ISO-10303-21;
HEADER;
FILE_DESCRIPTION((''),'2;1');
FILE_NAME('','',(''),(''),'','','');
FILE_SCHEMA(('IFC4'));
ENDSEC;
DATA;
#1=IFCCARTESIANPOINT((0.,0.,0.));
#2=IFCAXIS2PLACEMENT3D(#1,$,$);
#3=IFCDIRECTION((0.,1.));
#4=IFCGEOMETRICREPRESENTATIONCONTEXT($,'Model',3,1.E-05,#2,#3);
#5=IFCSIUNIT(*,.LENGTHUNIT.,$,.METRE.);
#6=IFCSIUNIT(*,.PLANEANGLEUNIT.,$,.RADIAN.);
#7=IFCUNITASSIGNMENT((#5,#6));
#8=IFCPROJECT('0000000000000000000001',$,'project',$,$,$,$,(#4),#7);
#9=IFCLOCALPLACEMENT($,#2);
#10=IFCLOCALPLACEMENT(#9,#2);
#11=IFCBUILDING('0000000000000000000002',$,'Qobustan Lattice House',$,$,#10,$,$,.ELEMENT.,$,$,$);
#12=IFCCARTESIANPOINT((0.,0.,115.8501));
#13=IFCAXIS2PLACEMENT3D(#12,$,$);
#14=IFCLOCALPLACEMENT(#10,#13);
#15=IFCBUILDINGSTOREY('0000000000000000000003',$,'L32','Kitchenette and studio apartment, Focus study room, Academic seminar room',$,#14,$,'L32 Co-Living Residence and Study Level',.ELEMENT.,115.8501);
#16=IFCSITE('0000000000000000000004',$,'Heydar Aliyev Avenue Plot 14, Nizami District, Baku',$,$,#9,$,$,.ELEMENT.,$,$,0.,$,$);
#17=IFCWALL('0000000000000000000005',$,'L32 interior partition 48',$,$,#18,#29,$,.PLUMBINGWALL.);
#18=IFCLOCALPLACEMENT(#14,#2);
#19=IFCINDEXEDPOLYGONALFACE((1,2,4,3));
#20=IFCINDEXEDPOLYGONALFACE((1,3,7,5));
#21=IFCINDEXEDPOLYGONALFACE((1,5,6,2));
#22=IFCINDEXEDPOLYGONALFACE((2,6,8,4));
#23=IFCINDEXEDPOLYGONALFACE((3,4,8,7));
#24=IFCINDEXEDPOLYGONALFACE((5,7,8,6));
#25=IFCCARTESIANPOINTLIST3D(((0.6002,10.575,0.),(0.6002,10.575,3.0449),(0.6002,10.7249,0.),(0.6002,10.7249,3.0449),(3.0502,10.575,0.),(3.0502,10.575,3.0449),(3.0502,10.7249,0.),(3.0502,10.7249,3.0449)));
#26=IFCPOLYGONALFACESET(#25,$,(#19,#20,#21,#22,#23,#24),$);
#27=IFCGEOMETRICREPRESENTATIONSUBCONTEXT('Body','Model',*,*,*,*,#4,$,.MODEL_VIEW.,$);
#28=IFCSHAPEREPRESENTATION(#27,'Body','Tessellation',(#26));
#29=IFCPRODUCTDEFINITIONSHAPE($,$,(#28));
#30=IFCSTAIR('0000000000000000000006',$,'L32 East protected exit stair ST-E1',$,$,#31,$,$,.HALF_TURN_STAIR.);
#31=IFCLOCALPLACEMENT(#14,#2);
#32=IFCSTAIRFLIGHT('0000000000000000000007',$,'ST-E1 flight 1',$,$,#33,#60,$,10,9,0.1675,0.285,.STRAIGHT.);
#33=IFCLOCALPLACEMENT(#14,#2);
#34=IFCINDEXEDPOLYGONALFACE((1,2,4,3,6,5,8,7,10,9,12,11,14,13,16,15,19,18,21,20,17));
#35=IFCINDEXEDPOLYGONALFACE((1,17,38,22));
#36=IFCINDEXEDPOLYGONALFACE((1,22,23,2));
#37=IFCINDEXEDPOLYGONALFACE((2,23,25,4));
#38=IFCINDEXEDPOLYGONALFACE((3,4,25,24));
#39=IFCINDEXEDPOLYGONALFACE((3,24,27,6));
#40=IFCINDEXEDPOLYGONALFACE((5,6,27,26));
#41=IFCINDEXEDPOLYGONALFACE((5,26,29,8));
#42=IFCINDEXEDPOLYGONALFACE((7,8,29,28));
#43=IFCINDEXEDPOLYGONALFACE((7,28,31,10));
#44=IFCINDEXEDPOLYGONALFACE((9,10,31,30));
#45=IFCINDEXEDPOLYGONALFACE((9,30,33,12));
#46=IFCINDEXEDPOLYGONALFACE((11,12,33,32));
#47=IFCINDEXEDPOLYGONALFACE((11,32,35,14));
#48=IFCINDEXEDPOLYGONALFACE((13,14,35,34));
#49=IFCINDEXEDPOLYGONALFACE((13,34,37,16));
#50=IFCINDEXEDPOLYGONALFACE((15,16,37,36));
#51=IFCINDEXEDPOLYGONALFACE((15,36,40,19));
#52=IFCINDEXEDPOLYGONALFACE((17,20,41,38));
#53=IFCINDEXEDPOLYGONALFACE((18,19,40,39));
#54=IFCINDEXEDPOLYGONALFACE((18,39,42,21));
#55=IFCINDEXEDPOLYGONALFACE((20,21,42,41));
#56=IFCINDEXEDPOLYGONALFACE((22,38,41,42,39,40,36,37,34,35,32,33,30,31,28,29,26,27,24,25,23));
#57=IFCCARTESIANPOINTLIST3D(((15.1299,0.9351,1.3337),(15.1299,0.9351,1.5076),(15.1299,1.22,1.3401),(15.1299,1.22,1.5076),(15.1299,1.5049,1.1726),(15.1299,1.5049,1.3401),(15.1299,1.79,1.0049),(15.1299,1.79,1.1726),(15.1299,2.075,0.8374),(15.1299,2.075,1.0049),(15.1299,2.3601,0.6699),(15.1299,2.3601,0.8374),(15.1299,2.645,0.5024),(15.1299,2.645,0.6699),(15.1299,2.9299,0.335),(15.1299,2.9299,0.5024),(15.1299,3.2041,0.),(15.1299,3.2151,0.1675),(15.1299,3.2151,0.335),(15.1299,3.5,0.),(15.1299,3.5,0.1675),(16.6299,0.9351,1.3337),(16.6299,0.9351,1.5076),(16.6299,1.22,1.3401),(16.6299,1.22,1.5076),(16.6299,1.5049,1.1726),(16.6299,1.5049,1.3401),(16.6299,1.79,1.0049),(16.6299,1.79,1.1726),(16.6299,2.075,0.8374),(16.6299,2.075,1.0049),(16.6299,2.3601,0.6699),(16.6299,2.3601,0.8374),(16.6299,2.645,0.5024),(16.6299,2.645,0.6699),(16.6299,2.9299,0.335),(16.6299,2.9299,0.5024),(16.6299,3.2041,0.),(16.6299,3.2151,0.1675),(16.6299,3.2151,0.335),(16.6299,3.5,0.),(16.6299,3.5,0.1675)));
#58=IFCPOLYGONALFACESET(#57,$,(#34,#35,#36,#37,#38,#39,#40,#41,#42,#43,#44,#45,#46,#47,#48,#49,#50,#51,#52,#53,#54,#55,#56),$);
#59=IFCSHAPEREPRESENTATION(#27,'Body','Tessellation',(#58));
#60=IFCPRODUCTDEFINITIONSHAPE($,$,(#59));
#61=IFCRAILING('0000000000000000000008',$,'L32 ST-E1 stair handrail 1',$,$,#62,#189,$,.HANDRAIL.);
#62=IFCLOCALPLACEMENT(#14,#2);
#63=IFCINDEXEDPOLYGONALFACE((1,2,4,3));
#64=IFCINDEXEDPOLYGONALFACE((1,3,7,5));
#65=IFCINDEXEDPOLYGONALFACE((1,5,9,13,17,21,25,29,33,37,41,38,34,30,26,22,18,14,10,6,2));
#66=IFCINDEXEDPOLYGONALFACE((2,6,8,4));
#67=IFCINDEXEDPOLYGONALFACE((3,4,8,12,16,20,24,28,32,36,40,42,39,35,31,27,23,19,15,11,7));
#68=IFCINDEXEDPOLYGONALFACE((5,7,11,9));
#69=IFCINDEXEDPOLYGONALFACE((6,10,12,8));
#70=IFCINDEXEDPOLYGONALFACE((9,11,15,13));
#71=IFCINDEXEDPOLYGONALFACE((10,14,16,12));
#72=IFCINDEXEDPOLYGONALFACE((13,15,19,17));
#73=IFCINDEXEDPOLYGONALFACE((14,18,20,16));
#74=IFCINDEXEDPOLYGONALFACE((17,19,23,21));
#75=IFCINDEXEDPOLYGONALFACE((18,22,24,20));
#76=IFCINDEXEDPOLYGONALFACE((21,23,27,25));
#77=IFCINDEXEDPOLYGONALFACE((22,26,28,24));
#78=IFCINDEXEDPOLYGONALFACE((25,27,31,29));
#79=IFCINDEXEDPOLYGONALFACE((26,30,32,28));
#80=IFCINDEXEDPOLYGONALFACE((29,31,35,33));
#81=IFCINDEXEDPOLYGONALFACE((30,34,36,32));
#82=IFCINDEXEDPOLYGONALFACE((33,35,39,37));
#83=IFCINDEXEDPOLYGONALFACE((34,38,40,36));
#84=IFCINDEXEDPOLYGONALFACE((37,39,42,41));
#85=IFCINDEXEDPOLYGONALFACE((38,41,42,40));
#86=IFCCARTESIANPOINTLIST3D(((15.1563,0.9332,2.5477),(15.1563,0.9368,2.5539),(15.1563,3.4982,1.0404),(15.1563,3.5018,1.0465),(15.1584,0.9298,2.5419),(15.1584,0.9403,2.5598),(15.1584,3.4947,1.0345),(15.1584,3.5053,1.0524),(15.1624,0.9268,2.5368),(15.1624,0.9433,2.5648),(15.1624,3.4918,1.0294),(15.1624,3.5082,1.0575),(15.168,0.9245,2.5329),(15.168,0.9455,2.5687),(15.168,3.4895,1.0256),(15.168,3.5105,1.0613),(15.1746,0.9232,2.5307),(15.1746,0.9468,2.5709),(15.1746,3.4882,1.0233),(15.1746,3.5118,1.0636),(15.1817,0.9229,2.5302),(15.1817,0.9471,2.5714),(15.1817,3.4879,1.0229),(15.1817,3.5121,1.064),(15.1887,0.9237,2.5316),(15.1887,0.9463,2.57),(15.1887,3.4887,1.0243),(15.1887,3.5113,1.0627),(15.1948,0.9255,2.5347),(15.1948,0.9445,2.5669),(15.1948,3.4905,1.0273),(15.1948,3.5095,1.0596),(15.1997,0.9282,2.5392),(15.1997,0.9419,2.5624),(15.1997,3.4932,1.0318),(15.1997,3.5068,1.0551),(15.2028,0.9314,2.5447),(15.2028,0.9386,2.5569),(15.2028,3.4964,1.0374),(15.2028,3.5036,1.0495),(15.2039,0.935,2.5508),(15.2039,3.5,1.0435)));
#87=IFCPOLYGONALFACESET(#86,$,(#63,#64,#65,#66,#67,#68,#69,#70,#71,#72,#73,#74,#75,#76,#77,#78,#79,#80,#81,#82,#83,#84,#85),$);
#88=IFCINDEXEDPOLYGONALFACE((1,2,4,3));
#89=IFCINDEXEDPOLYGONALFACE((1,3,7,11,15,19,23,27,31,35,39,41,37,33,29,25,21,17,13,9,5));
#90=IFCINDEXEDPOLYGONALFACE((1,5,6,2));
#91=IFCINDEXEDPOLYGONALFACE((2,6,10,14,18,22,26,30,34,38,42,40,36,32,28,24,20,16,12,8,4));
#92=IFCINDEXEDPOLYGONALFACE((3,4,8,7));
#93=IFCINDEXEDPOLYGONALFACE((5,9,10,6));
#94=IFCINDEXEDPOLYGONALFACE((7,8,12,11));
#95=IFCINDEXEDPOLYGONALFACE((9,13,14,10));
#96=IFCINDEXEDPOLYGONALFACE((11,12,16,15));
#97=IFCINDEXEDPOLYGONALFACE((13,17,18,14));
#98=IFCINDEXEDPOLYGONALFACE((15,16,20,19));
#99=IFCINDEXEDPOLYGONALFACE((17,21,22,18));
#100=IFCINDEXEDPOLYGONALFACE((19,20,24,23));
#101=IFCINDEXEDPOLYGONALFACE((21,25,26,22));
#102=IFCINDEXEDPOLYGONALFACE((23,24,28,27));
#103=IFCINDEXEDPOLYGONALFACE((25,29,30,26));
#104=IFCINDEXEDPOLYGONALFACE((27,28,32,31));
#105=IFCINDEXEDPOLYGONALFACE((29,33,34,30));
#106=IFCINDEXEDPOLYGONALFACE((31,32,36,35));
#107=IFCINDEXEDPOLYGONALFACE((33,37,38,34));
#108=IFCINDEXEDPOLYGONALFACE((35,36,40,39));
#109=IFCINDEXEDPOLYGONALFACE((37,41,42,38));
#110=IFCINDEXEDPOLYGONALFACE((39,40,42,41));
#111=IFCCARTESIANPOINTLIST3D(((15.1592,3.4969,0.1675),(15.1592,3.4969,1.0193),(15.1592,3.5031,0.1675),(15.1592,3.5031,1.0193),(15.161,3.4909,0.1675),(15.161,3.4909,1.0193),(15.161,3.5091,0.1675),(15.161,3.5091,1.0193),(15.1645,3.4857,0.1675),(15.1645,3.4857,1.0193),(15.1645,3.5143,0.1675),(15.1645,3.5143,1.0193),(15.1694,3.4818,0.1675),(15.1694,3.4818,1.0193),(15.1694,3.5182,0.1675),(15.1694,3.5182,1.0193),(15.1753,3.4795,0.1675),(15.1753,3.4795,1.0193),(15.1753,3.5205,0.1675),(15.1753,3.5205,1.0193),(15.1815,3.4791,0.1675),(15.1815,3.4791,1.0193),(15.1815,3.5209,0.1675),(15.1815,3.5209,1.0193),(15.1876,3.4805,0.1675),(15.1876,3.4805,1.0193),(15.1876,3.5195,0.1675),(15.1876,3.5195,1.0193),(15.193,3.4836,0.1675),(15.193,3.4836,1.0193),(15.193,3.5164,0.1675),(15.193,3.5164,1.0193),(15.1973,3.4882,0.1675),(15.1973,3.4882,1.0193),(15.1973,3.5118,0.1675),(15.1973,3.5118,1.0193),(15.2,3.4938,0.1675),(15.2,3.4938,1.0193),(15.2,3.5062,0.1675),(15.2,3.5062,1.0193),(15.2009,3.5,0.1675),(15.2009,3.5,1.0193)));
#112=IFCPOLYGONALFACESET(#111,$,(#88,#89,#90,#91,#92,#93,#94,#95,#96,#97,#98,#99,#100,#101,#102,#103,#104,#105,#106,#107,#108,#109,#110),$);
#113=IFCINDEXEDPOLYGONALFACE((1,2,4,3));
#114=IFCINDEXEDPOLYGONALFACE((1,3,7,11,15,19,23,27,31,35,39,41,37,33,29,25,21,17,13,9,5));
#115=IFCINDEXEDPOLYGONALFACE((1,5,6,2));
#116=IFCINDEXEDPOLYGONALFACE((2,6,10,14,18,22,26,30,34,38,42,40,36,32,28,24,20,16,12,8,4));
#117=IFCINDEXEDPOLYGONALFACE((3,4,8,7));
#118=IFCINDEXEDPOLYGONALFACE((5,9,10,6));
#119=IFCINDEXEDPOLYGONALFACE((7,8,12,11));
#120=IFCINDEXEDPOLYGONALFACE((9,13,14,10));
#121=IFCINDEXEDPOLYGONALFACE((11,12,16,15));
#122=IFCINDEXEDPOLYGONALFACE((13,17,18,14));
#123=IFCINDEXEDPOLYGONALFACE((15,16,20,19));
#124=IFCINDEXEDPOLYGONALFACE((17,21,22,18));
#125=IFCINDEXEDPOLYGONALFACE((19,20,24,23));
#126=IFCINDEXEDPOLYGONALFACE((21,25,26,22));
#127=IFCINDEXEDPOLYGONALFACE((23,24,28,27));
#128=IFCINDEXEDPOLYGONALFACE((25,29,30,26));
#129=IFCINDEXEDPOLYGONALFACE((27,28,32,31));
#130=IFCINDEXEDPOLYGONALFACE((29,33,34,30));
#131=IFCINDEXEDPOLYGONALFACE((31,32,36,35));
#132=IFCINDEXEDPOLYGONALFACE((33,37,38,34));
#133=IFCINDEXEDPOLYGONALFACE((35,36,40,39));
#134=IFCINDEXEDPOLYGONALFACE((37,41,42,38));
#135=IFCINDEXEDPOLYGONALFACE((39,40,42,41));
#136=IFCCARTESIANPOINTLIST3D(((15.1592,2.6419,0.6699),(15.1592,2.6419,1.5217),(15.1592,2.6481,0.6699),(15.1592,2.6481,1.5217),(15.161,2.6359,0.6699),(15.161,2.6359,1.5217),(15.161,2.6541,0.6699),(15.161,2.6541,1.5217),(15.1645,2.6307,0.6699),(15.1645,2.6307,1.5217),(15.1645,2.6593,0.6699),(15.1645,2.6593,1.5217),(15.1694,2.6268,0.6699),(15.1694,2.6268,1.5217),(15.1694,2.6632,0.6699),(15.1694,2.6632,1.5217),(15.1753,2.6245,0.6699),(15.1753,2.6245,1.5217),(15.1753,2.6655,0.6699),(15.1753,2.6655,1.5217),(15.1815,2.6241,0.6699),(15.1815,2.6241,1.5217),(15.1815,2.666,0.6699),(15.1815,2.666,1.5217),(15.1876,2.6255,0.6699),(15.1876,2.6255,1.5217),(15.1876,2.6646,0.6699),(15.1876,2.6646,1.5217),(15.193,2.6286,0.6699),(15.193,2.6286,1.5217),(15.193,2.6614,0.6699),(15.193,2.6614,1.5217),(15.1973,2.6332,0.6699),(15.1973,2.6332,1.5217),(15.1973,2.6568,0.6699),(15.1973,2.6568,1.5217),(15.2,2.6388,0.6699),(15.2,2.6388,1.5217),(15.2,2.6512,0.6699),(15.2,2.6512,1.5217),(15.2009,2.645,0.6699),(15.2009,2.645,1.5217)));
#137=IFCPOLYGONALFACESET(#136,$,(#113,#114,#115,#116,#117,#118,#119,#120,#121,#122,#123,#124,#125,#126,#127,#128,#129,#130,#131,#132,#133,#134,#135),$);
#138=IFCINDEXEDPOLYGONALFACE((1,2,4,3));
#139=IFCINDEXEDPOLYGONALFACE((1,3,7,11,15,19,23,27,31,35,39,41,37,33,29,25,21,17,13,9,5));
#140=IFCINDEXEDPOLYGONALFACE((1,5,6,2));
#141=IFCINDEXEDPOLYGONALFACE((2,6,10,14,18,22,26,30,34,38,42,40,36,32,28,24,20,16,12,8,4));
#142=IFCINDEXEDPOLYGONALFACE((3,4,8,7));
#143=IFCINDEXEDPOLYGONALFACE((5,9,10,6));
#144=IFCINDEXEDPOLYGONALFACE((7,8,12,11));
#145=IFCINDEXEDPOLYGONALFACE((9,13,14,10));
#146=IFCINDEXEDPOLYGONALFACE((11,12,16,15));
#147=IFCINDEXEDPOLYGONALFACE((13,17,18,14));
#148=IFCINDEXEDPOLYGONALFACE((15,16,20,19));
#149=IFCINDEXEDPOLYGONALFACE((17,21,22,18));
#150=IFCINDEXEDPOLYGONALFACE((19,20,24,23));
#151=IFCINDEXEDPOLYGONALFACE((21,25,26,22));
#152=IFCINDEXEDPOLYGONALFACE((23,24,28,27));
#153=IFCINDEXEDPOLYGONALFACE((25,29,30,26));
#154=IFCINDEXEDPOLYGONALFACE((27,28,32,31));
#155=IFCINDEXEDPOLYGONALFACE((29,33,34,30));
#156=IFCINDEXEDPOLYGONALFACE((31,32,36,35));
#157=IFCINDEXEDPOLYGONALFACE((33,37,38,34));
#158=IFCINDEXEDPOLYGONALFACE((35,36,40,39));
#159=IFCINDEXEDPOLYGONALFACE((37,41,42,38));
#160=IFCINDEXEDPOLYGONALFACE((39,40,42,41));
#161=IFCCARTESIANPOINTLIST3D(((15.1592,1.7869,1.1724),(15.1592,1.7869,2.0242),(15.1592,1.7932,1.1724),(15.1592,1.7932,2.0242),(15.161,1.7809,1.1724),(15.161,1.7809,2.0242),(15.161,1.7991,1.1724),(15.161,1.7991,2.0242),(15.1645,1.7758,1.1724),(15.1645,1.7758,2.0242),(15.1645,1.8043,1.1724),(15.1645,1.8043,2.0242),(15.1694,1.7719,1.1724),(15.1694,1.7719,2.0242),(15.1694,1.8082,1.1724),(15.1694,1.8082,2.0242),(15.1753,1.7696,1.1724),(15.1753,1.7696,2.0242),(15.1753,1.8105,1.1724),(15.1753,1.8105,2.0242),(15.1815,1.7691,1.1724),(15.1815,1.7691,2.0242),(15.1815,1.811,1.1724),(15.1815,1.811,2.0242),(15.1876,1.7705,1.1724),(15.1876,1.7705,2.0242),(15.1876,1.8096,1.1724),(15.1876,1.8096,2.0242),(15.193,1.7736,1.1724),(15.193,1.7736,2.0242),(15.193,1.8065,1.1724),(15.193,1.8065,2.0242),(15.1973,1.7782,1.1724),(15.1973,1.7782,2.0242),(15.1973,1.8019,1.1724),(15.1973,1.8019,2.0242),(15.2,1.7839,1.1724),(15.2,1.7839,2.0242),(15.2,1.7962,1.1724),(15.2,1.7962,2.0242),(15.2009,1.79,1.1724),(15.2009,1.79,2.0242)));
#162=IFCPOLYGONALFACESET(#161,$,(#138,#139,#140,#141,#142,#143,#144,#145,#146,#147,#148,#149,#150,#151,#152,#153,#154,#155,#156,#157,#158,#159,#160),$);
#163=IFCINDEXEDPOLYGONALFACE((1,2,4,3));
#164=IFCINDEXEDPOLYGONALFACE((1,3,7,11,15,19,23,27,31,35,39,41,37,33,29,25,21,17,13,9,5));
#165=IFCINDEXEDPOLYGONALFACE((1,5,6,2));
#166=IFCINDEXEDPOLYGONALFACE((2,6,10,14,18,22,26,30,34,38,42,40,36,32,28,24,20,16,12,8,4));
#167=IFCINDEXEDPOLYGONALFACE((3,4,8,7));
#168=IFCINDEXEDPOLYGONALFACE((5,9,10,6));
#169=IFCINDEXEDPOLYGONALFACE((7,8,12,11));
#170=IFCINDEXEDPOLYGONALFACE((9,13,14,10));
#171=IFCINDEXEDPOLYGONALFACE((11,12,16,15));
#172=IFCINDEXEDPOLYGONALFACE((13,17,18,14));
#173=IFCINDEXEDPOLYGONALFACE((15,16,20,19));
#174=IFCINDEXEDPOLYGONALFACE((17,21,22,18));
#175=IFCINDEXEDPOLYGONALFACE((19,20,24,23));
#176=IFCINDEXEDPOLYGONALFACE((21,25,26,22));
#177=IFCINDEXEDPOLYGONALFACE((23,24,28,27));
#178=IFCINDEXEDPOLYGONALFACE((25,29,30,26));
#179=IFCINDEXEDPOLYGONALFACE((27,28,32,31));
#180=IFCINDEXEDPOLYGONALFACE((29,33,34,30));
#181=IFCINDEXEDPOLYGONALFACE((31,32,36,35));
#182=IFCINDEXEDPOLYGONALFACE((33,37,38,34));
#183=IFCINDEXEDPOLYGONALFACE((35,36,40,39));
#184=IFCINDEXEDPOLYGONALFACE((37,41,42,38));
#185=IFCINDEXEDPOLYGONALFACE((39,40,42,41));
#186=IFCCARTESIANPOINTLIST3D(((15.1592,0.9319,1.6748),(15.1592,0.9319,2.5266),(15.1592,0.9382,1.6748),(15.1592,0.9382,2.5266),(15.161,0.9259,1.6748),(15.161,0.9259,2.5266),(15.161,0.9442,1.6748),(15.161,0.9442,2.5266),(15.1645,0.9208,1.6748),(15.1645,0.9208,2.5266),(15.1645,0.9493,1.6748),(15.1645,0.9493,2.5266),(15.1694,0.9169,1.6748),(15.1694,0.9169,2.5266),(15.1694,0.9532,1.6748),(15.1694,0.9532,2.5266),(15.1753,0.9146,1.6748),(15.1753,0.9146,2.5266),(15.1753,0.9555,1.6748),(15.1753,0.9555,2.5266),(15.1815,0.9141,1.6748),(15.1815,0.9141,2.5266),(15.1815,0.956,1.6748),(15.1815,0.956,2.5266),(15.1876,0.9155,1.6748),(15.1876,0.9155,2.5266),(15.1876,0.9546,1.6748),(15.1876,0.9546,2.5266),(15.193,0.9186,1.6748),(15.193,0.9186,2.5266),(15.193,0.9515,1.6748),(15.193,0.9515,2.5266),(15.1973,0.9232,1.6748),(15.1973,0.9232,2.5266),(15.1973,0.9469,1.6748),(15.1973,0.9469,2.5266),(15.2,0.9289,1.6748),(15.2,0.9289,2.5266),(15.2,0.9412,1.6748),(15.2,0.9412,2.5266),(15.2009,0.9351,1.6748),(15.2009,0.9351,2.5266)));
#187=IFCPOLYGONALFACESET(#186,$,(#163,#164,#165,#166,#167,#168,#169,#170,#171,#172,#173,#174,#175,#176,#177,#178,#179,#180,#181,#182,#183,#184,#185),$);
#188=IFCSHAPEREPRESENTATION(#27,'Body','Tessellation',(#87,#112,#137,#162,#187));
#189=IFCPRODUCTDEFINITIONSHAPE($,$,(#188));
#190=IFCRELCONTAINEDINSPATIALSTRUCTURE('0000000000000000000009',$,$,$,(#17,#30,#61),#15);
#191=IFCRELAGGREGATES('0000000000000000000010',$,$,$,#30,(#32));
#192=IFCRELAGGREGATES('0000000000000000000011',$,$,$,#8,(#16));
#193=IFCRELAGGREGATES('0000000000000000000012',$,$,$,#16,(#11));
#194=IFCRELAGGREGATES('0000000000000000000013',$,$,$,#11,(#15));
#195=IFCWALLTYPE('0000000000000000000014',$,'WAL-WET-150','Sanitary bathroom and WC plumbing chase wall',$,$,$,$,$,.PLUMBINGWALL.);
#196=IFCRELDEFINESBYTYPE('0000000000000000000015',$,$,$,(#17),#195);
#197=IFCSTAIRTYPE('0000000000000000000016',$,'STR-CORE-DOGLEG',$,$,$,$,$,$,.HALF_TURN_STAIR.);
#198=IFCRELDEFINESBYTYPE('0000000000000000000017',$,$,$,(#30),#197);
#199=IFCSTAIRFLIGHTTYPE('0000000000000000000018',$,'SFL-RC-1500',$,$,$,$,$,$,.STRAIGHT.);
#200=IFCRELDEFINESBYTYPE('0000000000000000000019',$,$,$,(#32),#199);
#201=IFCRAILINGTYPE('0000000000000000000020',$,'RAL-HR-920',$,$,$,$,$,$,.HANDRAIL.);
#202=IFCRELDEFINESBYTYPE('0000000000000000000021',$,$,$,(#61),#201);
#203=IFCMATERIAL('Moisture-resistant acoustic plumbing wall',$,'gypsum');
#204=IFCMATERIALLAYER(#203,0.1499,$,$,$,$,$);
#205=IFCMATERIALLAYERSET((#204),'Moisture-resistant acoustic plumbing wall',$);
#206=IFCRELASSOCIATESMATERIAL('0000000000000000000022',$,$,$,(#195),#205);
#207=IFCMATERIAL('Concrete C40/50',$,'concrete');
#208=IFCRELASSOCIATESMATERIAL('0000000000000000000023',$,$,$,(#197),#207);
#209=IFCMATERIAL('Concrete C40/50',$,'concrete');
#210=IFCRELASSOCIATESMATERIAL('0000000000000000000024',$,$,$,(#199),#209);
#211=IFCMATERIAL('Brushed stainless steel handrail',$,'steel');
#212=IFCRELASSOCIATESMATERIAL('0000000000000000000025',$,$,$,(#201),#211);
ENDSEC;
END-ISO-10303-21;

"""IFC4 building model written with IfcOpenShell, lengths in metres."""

from ifc_helpers import new_model, si_unit, direction, frame, frame_2d, origin, origin_2d, place, context, subcontext, project, spatial, polyline, rectangle, circle, outline, extrude, material, layer, layer_set, type_object, element, aggregate, save


model = new_model("IFC4")

# Units and contexts
model_context = context("Model", 3, precision=1e-05, world=origin(), true_north=direction((0.0, 1.0)))
body_context = subcontext(model_context, "Body", "Model", "MODEL_VIEW")
ifc_project = project(units=[si_unit("LENGTHUNIT", "METRE"), si_unit("PLANEANGLEUNIT", "RADIAN")], contexts=[model_context])

# Site, building, storey
site_placement = place(None, origin())
site = spatial("IfcSite", under=ifc_project, at=site_placement, Name="Heydar Aliyev Avenue Plot 14, Nizami District, Baku", CompositionType="ELEMENT", RefElevation=0.0)
building_placement = place(site_placement, origin())
building = spatial("IfcBuilding", under=site, at=building_placement, Name="Qobustan Lattice House", CompositionType="ELEMENT")
storey_placement = place(building_placement, frame((0.0, 0.0, 115.8501)))
storey = spatial("IfcBuildingStorey", under=building, at=storey_placement, Name="L32", Description="Kitchenette and studio apartment, Focus study room, Academic seminar room", LongName="L32 Co-Living Residence and Study Level", CompositionType="ELEMENT", Elevation=115.8501)

# Wall
ifc_material_1 = material(Name="Moisture-resistant acoustic plumbing wall", Category="gypsum")
ifc_layer_1 = layer(ifc_material_1, 0.1499)
ifc_layer_set_1 = layer_set([ifc_layer_1], Name="Moisture-resistant acoustic plumbing wall")
wall_type_1 = type_object("IfcWallType", Name="WAL-WET-150", Description="Sanitary bathroom and WC plumbing chase wall", PredefinedType="PLUMBINGWALL", material=ifc_layer_set_1)
wall_1_placement = place(storey_placement, frame((0.6001, 10.6499, 0.0), z_axis=(0.0, 0.0, 1.0), x_axis=(1.0, 0.0, 0.0)))
element("IfcWall", 1, at=wall_1_placement, inside=storey, type_object=wall_type_1, Name="L32 interior partition 48", PredefinedType="PLUMBINGWALL", context=body_context, shape_type="SweptSolid", body=[
    extrude(rectangle(XDim=2.45, YDim=0.1499, at=frame_2d((1.2251, 0.0))), origin(), (0.0, 0.0, 1.0), 3.0449),
])

# Stair, stair flight
ifc_material_2 = material(Name="Concrete C40/50", Category="concrete")
stair_type = type_object("IfcStairType", Name="STR-CORE-DOGLEG", PredefinedType="HALF_TURN_STAIR", material=ifc_material_2)
stair_placement = place(storey_placement, origin())
stair = element("IfcStair", 2, at=stair_placement, inside=storey, type_object=stair_type, Name="L32 East protected exit stair ST-E1", PredefinedType="HALF_TURN_STAIR")
ifc_material_3 = material(Name="Concrete C40/50", Category="concrete")
stair_flight_type = type_object("IfcStairFlightType", Name="SFL-RC-1500", PredefinedType="STRAIGHT", material=ifc_material_3)
stair_flight_placement = place(storey_placement, frame((15.8799, 3.5, 0.0), z_axis=(0.0, 0.0, 1.0), x_axis=(0.0, -1.0, 0.0)))
stair_flight = element("IfcStairFlight", 3, at=stair_flight_placement, type_object=stair_flight_type, Name="ST-E1 flight 1", NumberOfRisers=10, NumberOfTreads=9, PredefinedType="STRAIGHT", RiserHeight=0.1675, TreadLength=0.285, context=body_context, shape_type="SweptSolid", body=[
    extrude(outline(polyline([(0.0, 0.0), (0.0, 0.1675), (0.2849, 0.1675), (0.2849, 0.335), (0.5701, 0.335), (0.5701, 0.5024), (0.855, 0.5024), (0.855, 0.6699), (1.1399, 0.6699), (1.1399, 0.8374), (1.425, 0.8374), (1.425, 1.0049), (1.71, 1.0049), (1.71, 1.1726), (1.9951, 1.1726), (1.9951, 1.3401), (2.28, 1.3401), (2.28, 1.5076), (2.5649, 1.5076), (2.5649, 1.675), (2.5649, 1.3337), (0.2959, 0.0), (0.0, 0.0)])), frame((0.0, 0.75, 0.0), z_axis=(0.0, -1.0, 0.0), x_axis=(1.0, 0.0, 0.0)), (0.0, 0.0, 1.0), 1.5),
])
aggregate(stair, [stair_flight])

# Railing
ifc_material_4 = material(Name="Brushed stainless steel handrail", Category="steel")
railing_type_1 = type_object("IfcRailingType", Name="RAL-HR-920", PredefinedType="HANDRAIL", material=ifc_material_4)
railing_1_placement = place(storey_placement, frame((15.1799, 3.5, 0.1675)))
element("IfcRailing", 4, at=railing_1_placement, inside=storey, type_object=railing_type_1, Name="L32 ST-E1 stair handrail 1", PredefinedType="HANDRAIL", context=body_context, shape_type="SweptSolid", body=[
    extrude(circle(Radius=0.0239, at=origin_2d()), frame((0.0, 0.0, 0.876), z_axis=(0.0, -0.862149, 0.506654), x_axis=(1.0, 0.0, 0.0)), (0.0, 0.0, 1.0), 2.9751),
    extrude(circle(Radius=0.021, at=origin_2d()), origin(), (0.0, 0.0, 1.0), 0.8518),
    extrude(circle(Radius=0.021, at=origin_2d()), frame((0.0, -0.855, 0.5024)), (0.0, 0.0, 1.0), 0.8518),
    extrude(circle(Radius=0.021, at=origin_2d()), frame((0.0, -1.71, 1.0049)), (0.0, 0.0, 1.0), 0.8518),
    extrude(circle(Radius=0.021, at=origin_2d()), frame((0.0, -2.5649, 1.5073)), (0.0, 0.0, 1.0), 0.8518),
])

save(model, "model.ifc")
